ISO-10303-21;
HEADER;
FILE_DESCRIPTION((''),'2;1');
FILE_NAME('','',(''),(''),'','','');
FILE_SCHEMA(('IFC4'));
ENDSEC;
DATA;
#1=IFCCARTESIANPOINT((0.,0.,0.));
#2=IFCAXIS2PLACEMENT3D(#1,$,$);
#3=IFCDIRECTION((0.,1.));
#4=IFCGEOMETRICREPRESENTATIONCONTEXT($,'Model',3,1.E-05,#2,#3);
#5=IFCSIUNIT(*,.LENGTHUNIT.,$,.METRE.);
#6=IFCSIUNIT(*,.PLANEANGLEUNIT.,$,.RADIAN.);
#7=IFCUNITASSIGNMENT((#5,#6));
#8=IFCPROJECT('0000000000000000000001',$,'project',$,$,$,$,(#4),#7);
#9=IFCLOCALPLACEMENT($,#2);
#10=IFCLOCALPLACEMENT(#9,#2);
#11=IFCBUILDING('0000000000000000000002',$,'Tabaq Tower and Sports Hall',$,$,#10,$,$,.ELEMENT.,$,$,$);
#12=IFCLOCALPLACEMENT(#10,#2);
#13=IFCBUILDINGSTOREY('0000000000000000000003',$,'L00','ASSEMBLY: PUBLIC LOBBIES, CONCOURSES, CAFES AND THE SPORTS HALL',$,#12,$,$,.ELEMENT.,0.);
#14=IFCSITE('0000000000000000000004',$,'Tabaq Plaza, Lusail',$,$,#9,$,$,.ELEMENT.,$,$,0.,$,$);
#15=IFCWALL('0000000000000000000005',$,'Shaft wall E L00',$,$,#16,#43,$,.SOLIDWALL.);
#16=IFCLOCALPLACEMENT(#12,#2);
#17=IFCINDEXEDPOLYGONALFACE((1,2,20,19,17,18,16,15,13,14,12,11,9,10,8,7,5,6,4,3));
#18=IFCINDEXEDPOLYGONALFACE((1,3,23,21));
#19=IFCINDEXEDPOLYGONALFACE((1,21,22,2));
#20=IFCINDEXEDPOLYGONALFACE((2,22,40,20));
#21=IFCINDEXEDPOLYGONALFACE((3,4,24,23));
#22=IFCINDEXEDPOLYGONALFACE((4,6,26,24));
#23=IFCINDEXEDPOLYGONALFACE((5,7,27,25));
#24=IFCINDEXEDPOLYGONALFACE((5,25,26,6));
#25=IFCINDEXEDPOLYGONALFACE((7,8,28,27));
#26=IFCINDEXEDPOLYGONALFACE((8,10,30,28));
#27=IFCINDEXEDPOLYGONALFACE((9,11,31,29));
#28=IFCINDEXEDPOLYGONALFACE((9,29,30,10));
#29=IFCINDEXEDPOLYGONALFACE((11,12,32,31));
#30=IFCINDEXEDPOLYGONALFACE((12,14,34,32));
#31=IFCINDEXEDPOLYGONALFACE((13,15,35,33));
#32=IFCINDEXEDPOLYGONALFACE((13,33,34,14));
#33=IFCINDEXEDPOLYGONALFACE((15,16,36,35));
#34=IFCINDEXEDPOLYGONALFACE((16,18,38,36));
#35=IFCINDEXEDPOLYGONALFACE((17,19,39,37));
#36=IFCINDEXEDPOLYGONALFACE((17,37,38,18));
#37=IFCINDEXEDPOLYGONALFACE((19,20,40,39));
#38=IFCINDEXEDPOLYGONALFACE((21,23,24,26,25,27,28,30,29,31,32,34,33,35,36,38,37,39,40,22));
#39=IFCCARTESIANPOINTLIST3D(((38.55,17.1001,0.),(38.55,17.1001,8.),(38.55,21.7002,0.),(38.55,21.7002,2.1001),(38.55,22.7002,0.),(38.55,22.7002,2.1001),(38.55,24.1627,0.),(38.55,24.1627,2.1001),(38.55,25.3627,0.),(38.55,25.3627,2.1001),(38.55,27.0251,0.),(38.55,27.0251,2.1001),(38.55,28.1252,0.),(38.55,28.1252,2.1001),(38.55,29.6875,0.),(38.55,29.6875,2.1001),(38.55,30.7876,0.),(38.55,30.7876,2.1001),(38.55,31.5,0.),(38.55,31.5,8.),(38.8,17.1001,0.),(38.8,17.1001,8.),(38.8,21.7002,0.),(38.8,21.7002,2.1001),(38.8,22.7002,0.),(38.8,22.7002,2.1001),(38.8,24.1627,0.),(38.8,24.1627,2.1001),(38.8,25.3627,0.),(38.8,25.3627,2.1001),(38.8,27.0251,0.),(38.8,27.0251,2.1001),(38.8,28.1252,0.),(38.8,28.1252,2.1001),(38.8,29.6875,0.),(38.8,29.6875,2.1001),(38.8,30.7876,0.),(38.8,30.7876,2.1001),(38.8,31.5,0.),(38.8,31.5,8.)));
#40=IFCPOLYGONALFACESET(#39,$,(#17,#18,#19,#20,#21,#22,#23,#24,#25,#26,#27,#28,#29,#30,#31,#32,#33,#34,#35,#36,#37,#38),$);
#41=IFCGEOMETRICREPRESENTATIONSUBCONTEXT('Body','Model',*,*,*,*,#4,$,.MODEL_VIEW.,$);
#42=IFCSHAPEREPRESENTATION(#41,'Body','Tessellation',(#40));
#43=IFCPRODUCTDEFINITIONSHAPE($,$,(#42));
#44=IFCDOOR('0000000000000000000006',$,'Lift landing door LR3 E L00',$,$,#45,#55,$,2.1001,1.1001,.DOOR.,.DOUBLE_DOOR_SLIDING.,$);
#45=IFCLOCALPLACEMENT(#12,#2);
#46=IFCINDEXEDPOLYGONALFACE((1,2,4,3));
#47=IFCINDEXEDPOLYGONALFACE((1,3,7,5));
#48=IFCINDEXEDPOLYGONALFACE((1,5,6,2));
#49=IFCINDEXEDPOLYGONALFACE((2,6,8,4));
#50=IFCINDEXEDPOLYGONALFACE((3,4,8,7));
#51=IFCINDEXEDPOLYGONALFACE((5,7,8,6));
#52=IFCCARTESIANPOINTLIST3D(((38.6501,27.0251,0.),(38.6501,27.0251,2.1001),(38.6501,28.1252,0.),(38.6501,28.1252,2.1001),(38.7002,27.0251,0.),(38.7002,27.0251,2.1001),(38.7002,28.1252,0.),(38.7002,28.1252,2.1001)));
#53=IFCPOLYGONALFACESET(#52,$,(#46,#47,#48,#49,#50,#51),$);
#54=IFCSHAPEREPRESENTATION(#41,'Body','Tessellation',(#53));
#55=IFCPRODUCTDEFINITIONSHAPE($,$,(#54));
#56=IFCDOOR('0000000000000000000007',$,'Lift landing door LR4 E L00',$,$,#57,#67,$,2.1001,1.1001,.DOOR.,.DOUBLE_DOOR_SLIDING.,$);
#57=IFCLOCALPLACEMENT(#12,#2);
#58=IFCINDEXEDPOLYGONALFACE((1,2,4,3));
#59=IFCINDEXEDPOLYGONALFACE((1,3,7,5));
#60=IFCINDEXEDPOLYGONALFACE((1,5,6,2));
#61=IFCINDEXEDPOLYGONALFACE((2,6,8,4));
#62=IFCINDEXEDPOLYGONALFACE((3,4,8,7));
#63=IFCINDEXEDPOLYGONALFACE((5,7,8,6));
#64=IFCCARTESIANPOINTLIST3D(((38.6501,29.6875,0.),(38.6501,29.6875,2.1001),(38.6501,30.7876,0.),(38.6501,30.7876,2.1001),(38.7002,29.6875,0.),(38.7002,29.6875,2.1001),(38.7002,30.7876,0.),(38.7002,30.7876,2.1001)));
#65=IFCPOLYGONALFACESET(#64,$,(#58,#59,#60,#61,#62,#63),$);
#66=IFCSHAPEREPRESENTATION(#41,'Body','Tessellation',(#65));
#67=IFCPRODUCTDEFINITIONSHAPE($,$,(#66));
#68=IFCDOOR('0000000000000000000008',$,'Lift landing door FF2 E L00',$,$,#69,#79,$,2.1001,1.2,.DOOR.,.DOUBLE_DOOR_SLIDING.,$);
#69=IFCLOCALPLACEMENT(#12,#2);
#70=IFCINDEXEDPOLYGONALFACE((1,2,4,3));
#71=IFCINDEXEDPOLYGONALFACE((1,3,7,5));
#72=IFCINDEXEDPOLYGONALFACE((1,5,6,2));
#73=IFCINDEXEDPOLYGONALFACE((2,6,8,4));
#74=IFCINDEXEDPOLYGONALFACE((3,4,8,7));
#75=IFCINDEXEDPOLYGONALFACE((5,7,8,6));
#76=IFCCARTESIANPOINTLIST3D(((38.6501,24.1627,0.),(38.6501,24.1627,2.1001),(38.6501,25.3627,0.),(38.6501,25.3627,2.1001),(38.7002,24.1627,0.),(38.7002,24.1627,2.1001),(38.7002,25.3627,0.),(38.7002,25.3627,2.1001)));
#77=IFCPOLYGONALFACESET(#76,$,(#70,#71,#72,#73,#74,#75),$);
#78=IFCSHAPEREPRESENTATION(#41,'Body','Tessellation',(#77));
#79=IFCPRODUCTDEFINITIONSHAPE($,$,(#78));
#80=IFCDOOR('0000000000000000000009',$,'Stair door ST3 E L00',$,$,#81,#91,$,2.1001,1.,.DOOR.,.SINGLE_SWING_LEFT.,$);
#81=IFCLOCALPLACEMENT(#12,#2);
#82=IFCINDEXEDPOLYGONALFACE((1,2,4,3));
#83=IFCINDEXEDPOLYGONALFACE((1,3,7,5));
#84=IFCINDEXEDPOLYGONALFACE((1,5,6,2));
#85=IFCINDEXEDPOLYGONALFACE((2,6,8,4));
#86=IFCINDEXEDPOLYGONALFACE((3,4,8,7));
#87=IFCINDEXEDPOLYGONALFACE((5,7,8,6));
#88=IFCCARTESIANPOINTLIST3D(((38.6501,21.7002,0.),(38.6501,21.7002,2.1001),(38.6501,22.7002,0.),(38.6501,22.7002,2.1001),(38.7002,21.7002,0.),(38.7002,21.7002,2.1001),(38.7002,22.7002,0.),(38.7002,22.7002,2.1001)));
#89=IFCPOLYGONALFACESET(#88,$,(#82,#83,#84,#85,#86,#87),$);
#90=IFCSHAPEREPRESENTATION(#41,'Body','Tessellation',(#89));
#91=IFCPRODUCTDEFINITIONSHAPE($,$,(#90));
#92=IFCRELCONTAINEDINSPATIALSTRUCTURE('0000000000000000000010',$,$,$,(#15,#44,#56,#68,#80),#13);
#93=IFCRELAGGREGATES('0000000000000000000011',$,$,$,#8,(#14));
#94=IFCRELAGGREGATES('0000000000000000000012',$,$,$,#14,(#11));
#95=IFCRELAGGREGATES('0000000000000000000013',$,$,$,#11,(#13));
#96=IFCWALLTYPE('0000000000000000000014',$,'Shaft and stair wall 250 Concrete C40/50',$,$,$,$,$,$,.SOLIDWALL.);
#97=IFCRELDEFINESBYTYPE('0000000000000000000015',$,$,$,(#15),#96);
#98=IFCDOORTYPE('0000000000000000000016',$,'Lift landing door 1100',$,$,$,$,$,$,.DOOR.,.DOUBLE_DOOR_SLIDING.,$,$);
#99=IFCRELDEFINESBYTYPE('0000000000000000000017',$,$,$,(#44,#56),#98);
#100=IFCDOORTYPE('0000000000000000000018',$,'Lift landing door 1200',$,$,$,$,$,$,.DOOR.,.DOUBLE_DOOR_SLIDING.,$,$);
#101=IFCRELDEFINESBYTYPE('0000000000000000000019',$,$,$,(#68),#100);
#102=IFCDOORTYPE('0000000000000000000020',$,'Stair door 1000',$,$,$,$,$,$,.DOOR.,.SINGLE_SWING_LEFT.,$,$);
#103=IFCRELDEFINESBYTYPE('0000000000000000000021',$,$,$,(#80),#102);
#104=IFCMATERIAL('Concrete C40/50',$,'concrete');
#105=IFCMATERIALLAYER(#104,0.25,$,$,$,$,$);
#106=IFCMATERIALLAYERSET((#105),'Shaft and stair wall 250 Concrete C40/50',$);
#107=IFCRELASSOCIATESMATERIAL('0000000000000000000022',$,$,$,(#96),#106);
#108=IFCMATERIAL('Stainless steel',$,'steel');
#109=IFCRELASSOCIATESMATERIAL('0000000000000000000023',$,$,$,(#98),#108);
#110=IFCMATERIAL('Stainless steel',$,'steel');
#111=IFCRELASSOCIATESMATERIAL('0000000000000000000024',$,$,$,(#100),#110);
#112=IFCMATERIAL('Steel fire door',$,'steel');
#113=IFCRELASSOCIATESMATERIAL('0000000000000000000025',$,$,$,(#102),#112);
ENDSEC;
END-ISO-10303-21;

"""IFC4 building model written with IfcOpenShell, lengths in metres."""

from ifc_helpers import new_model, si_unit, direction, frame, frame_2d, origin, place, context, subcontext, project, spatial, rectangle, extrude, material, layer, layer_set, type_object, element, fill, save


model = new_model("IFC4")

# Units and contexts
model_context = context("Model", 3, precision=1e-05, world=origin(), true_north=direction((0.0, 1.0)))
body_context = subcontext(model_context, "Body", "Model", "MODEL_VIEW")
ifc_project = project(units=[si_unit("LENGTHUNIT", "METRE"), si_unit("PLANEANGLEUNIT", "RADIAN")], contexts=[model_context])

# Site, building, storey
site_placement = place(None, origin())
site = spatial("IfcSite", under=ifc_project, at=site_placement, Name="Tabaq Plaza, Lusail", CompositionType="ELEMENT", RefElevation=0.0)
building_placement = place(site_placement, origin())
building = spatial("IfcBuilding", under=site, at=building_placement, Name="Tabaq Tower and Sports Hall", CompositionType="ELEMENT")
storey_placement = place(building_placement, origin())
storey = spatial("IfcBuildingStorey", under=building, at=storey_placement, Name="L00", Description="ASSEMBLY: PUBLIC LOBBIES, CONCOURSES, CAFES AND THE SPORTS HALL", CompositionType="ELEMENT", Elevation=0.0)

# Wall, openings, doors
ifc_material_1 = material(Name="Concrete C40/50", Category="concrete")
ifc_layer_1 = layer(ifc_material_1, 0.25)
ifc_layer_set_1 = layer_set([ifc_layer_1], Name="Shaft and stair wall 250 Concrete C40/50")
wall_type_1 = type_object("IfcWallType", Name="Shaft and stair wall 250 Concrete C40/50", PredefinedType="SOLIDWALL", material=ifc_layer_set_1)
wall_1_placement = place(storey_placement, frame((38.675, 17.1001, 0.0), z_axis=(0.0, 0.0, 1.0), x_axis=(0.0, 1.0, 0.0)))
wall_1 = element("IfcWall", 1, at=wall_1_placement, inside=storey, type_object=wall_type_1, Name="Shaft wall E L00", PredefinedType="SOLIDWALL", context=body_context, shape_type="SweptSolid", body=[
    extrude(rectangle(XDim=14.3999, YDim=0.25, at=frame_2d((7.2, 0.0))), origin(), (0.0, 0.0, 1.0), 8.0),
])
opening_1_placement = place(wall_1_placement, frame((4.6001, 0.0, 0.0)))
opening_1 = element("IfcOpeningElement", 2, at=opening_1_placement, cuts=wall_1, PredefinedType="OPENING", context=body_context, shape_type="SweptSolid", body=[
    extrude(rectangle(XDim=1.0, YDim=2.1001, at=frame_2d((0.5, 1.05))), frame((0.0, 0.125, 0.0), z_axis=(0.0, -1.0, 0.0), x_axis=(1.0, 0.0, 0.0)), (0.0, 0.0, 1.0), 0.25),
])
opening_2_placement = place(wall_1_placement, frame((7.0625, 0.0, 0.0)))
opening_2 = element("IfcOpeningElement", 3, at=opening_2_placement, cuts=wall_1, PredefinedType="OPENING", context=body_context, shape_type="SweptSolid", body=[
    extrude(rectangle(XDim=1.2, YDim=2.1001, at=frame_2d((0.6001, 1.05))), frame((0.0, 0.125, 0.0), z_axis=(0.0, -1.0, 0.0), x_axis=(1.0, 0.0, 0.0)), (0.0, 0.0, 1.0), 0.25),
])
opening_3_placement = place(wall_1_placement, frame((9.925, 0.0, 0.0)))
opening_3 = element("IfcOpeningElement", 4, at=opening_3_placement, cuts=wall_1, PredefinedType="OPENING", context=body_context, shape_type="SweptSolid", body=[
    extrude(rectangle(XDim=1.1001, YDim=2.1001, at=frame_2d((0.55, 1.05))), frame((0.0, 0.125, 0.0), z_axis=(0.0, -1.0, 0.0), x_axis=(1.0, 0.0, 0.0)), (0.0, 0.0, 1.0), 0.25),
])
opening_4_placement = place(wall_1_placement, frame((12.5874, 0.0, 0.0)))
opening_4 = element("IfcOpeningElement", 5, at=opening_4_placement, cuts=wall_1, PredefinedType="OPENING", context=body_context, shape_type="SweptSolid", body=[
    extrude(rectangle(XDim=1.1001, YDim=2.1001, at=frame_2d((0.55, 1.05))), frame((0.0, 0.125, 0.0), z_axis=(0.0, -1.0, 0.0), x_axis=(1.0, 0.0, 0.0)), (0.0, 0.0, 1.0), 0.25),
])
ifc_material_2 = material(Name="Stainless steel", Category="steel")
door_type_1 = type_object("IfcDoorType", Name="Lift landing door 1100", OperationType="DOUBLE_DOOR_SLIDING", PredefinedType="DOOR", material=ifc_material_2)
door_1_placement = place(opening_3_placement, origin())
door_1 = element("IfcDoor", 6, at=door_1_placement, inside=storey, type_object=door_type_1, Name="Lift landing door LR3 E L00", OperationType="DOUBLE_DOOR_SLIDING", OverallHeight=2.1001, OverallWidth=1.1001, PredefinedType="DOOR", context=body_context, shape_type="SweptSolid", body=[
    extrude(rectangle(XDim=1.1001, YDim=2.1001, at=frame_2d((0.55, 1.05))), frame((0.0, 0.0249, 0.0), z_axis=(0.0, -1.0, 0.0), x_axis=(1.0, 0.0, 0.0)), (0.0, 0.0, 1.0), 0.05),
])
fill(opening_3, door_1)
door_2_placement = place(opening_4_placement, origin())
door_2 = element("IfcDoor", 7, at=door_2_placement, inside=storey, type_object=door_type_1, Name="Lift landing door LR4 E L00", OperationType="DOUBLE_DOOR_SLIDING", OverallHeight=2.1001, OverallWidth=1.1001, PredefinedType="DOOR", context=body_context, shape_type="SweptSolid", body=[
    extrude(rectangle(XDim=1.1001, YDim=2.1001, at=frame_2d((0.55, 1.05))), frame((0.0, 0.0249, 0.0), z_axis=(0.0, -1.0, 0.0), x_axis=(1.0, 0.0, 0.0)), (0.0, 0.0, 1.0), 0.05),
])
fill(opening_4, door_2)
ifc_material_3 = material(Name="Stainless steel", Category="steel")
door_type_2 = type_object("IfcDoorType", Name="Lift landing door 1200", OperationType="DOUBLE_DOOR_SLIDING", PredefinedType="DOOR", material=ifc_material_3)
door_3_placement = place(opening_2_placement, origin())
door_3 = element("IfcDoor", 8, at=door_3_placement, inside=storey, type_object=door_type_2, Name="Lift landing door FF2 E L00", OperationType="DOUBLE_DOOR_SLIDING", OverallHeight=2.1001, OverallWidth=1.2, PredefinedType="DOOR", context=body_context, shape_type="SweptSolid", body=[
    extrude(rectangle(XDim=1.2, YDim=2.1001, at=frame_2d((0.6001, 1.05))), frame((0.0, 0.0249, 0.0), z_axis=(0.0, -1.0, 0.0), x_axis=(1.0, 0.0, 0.0)), (0.0, 0.0, 1.0), 0.05),
])
fill(opening_2, door_3)
ifc_material_4 = material(Name="Steel fire door", Category="steel")
door_type_3 = type_object("IfcDoorType", Name="Stair door 1000", OperationType="SINGLE_SWING_LEFT", PredefinedType="DOOR", material=ifc_material_4)
door_4_placement = place(opening_1_placement, origin())
door_4 = element("IfcDoor", 9, at=door_4_placement, inside=storey, type_object=door_type_3, Name="Stair door ST3 E L00", OperationType="SINGLE_SWING_LEFT", OverallHeight=2.1001, OverallWidth=1.0, PredefinedType="DOOR", context=body_context, shape_type="SweptSolid", body=[
    extrude(rectangle(XDim=1.0, YDim=2.1001, at=frame_2d((0.5, 1.05))), frame((0.0, 0.0249, 0.0), z_axis=(0.0, -1.0, 0.0), x_axis=(1.0, 0.0, 0.0)), (0.0, 0.0, 1.0), 0.05),
])
fill(opening_1, door_4)

save(model, "model.ifc")
